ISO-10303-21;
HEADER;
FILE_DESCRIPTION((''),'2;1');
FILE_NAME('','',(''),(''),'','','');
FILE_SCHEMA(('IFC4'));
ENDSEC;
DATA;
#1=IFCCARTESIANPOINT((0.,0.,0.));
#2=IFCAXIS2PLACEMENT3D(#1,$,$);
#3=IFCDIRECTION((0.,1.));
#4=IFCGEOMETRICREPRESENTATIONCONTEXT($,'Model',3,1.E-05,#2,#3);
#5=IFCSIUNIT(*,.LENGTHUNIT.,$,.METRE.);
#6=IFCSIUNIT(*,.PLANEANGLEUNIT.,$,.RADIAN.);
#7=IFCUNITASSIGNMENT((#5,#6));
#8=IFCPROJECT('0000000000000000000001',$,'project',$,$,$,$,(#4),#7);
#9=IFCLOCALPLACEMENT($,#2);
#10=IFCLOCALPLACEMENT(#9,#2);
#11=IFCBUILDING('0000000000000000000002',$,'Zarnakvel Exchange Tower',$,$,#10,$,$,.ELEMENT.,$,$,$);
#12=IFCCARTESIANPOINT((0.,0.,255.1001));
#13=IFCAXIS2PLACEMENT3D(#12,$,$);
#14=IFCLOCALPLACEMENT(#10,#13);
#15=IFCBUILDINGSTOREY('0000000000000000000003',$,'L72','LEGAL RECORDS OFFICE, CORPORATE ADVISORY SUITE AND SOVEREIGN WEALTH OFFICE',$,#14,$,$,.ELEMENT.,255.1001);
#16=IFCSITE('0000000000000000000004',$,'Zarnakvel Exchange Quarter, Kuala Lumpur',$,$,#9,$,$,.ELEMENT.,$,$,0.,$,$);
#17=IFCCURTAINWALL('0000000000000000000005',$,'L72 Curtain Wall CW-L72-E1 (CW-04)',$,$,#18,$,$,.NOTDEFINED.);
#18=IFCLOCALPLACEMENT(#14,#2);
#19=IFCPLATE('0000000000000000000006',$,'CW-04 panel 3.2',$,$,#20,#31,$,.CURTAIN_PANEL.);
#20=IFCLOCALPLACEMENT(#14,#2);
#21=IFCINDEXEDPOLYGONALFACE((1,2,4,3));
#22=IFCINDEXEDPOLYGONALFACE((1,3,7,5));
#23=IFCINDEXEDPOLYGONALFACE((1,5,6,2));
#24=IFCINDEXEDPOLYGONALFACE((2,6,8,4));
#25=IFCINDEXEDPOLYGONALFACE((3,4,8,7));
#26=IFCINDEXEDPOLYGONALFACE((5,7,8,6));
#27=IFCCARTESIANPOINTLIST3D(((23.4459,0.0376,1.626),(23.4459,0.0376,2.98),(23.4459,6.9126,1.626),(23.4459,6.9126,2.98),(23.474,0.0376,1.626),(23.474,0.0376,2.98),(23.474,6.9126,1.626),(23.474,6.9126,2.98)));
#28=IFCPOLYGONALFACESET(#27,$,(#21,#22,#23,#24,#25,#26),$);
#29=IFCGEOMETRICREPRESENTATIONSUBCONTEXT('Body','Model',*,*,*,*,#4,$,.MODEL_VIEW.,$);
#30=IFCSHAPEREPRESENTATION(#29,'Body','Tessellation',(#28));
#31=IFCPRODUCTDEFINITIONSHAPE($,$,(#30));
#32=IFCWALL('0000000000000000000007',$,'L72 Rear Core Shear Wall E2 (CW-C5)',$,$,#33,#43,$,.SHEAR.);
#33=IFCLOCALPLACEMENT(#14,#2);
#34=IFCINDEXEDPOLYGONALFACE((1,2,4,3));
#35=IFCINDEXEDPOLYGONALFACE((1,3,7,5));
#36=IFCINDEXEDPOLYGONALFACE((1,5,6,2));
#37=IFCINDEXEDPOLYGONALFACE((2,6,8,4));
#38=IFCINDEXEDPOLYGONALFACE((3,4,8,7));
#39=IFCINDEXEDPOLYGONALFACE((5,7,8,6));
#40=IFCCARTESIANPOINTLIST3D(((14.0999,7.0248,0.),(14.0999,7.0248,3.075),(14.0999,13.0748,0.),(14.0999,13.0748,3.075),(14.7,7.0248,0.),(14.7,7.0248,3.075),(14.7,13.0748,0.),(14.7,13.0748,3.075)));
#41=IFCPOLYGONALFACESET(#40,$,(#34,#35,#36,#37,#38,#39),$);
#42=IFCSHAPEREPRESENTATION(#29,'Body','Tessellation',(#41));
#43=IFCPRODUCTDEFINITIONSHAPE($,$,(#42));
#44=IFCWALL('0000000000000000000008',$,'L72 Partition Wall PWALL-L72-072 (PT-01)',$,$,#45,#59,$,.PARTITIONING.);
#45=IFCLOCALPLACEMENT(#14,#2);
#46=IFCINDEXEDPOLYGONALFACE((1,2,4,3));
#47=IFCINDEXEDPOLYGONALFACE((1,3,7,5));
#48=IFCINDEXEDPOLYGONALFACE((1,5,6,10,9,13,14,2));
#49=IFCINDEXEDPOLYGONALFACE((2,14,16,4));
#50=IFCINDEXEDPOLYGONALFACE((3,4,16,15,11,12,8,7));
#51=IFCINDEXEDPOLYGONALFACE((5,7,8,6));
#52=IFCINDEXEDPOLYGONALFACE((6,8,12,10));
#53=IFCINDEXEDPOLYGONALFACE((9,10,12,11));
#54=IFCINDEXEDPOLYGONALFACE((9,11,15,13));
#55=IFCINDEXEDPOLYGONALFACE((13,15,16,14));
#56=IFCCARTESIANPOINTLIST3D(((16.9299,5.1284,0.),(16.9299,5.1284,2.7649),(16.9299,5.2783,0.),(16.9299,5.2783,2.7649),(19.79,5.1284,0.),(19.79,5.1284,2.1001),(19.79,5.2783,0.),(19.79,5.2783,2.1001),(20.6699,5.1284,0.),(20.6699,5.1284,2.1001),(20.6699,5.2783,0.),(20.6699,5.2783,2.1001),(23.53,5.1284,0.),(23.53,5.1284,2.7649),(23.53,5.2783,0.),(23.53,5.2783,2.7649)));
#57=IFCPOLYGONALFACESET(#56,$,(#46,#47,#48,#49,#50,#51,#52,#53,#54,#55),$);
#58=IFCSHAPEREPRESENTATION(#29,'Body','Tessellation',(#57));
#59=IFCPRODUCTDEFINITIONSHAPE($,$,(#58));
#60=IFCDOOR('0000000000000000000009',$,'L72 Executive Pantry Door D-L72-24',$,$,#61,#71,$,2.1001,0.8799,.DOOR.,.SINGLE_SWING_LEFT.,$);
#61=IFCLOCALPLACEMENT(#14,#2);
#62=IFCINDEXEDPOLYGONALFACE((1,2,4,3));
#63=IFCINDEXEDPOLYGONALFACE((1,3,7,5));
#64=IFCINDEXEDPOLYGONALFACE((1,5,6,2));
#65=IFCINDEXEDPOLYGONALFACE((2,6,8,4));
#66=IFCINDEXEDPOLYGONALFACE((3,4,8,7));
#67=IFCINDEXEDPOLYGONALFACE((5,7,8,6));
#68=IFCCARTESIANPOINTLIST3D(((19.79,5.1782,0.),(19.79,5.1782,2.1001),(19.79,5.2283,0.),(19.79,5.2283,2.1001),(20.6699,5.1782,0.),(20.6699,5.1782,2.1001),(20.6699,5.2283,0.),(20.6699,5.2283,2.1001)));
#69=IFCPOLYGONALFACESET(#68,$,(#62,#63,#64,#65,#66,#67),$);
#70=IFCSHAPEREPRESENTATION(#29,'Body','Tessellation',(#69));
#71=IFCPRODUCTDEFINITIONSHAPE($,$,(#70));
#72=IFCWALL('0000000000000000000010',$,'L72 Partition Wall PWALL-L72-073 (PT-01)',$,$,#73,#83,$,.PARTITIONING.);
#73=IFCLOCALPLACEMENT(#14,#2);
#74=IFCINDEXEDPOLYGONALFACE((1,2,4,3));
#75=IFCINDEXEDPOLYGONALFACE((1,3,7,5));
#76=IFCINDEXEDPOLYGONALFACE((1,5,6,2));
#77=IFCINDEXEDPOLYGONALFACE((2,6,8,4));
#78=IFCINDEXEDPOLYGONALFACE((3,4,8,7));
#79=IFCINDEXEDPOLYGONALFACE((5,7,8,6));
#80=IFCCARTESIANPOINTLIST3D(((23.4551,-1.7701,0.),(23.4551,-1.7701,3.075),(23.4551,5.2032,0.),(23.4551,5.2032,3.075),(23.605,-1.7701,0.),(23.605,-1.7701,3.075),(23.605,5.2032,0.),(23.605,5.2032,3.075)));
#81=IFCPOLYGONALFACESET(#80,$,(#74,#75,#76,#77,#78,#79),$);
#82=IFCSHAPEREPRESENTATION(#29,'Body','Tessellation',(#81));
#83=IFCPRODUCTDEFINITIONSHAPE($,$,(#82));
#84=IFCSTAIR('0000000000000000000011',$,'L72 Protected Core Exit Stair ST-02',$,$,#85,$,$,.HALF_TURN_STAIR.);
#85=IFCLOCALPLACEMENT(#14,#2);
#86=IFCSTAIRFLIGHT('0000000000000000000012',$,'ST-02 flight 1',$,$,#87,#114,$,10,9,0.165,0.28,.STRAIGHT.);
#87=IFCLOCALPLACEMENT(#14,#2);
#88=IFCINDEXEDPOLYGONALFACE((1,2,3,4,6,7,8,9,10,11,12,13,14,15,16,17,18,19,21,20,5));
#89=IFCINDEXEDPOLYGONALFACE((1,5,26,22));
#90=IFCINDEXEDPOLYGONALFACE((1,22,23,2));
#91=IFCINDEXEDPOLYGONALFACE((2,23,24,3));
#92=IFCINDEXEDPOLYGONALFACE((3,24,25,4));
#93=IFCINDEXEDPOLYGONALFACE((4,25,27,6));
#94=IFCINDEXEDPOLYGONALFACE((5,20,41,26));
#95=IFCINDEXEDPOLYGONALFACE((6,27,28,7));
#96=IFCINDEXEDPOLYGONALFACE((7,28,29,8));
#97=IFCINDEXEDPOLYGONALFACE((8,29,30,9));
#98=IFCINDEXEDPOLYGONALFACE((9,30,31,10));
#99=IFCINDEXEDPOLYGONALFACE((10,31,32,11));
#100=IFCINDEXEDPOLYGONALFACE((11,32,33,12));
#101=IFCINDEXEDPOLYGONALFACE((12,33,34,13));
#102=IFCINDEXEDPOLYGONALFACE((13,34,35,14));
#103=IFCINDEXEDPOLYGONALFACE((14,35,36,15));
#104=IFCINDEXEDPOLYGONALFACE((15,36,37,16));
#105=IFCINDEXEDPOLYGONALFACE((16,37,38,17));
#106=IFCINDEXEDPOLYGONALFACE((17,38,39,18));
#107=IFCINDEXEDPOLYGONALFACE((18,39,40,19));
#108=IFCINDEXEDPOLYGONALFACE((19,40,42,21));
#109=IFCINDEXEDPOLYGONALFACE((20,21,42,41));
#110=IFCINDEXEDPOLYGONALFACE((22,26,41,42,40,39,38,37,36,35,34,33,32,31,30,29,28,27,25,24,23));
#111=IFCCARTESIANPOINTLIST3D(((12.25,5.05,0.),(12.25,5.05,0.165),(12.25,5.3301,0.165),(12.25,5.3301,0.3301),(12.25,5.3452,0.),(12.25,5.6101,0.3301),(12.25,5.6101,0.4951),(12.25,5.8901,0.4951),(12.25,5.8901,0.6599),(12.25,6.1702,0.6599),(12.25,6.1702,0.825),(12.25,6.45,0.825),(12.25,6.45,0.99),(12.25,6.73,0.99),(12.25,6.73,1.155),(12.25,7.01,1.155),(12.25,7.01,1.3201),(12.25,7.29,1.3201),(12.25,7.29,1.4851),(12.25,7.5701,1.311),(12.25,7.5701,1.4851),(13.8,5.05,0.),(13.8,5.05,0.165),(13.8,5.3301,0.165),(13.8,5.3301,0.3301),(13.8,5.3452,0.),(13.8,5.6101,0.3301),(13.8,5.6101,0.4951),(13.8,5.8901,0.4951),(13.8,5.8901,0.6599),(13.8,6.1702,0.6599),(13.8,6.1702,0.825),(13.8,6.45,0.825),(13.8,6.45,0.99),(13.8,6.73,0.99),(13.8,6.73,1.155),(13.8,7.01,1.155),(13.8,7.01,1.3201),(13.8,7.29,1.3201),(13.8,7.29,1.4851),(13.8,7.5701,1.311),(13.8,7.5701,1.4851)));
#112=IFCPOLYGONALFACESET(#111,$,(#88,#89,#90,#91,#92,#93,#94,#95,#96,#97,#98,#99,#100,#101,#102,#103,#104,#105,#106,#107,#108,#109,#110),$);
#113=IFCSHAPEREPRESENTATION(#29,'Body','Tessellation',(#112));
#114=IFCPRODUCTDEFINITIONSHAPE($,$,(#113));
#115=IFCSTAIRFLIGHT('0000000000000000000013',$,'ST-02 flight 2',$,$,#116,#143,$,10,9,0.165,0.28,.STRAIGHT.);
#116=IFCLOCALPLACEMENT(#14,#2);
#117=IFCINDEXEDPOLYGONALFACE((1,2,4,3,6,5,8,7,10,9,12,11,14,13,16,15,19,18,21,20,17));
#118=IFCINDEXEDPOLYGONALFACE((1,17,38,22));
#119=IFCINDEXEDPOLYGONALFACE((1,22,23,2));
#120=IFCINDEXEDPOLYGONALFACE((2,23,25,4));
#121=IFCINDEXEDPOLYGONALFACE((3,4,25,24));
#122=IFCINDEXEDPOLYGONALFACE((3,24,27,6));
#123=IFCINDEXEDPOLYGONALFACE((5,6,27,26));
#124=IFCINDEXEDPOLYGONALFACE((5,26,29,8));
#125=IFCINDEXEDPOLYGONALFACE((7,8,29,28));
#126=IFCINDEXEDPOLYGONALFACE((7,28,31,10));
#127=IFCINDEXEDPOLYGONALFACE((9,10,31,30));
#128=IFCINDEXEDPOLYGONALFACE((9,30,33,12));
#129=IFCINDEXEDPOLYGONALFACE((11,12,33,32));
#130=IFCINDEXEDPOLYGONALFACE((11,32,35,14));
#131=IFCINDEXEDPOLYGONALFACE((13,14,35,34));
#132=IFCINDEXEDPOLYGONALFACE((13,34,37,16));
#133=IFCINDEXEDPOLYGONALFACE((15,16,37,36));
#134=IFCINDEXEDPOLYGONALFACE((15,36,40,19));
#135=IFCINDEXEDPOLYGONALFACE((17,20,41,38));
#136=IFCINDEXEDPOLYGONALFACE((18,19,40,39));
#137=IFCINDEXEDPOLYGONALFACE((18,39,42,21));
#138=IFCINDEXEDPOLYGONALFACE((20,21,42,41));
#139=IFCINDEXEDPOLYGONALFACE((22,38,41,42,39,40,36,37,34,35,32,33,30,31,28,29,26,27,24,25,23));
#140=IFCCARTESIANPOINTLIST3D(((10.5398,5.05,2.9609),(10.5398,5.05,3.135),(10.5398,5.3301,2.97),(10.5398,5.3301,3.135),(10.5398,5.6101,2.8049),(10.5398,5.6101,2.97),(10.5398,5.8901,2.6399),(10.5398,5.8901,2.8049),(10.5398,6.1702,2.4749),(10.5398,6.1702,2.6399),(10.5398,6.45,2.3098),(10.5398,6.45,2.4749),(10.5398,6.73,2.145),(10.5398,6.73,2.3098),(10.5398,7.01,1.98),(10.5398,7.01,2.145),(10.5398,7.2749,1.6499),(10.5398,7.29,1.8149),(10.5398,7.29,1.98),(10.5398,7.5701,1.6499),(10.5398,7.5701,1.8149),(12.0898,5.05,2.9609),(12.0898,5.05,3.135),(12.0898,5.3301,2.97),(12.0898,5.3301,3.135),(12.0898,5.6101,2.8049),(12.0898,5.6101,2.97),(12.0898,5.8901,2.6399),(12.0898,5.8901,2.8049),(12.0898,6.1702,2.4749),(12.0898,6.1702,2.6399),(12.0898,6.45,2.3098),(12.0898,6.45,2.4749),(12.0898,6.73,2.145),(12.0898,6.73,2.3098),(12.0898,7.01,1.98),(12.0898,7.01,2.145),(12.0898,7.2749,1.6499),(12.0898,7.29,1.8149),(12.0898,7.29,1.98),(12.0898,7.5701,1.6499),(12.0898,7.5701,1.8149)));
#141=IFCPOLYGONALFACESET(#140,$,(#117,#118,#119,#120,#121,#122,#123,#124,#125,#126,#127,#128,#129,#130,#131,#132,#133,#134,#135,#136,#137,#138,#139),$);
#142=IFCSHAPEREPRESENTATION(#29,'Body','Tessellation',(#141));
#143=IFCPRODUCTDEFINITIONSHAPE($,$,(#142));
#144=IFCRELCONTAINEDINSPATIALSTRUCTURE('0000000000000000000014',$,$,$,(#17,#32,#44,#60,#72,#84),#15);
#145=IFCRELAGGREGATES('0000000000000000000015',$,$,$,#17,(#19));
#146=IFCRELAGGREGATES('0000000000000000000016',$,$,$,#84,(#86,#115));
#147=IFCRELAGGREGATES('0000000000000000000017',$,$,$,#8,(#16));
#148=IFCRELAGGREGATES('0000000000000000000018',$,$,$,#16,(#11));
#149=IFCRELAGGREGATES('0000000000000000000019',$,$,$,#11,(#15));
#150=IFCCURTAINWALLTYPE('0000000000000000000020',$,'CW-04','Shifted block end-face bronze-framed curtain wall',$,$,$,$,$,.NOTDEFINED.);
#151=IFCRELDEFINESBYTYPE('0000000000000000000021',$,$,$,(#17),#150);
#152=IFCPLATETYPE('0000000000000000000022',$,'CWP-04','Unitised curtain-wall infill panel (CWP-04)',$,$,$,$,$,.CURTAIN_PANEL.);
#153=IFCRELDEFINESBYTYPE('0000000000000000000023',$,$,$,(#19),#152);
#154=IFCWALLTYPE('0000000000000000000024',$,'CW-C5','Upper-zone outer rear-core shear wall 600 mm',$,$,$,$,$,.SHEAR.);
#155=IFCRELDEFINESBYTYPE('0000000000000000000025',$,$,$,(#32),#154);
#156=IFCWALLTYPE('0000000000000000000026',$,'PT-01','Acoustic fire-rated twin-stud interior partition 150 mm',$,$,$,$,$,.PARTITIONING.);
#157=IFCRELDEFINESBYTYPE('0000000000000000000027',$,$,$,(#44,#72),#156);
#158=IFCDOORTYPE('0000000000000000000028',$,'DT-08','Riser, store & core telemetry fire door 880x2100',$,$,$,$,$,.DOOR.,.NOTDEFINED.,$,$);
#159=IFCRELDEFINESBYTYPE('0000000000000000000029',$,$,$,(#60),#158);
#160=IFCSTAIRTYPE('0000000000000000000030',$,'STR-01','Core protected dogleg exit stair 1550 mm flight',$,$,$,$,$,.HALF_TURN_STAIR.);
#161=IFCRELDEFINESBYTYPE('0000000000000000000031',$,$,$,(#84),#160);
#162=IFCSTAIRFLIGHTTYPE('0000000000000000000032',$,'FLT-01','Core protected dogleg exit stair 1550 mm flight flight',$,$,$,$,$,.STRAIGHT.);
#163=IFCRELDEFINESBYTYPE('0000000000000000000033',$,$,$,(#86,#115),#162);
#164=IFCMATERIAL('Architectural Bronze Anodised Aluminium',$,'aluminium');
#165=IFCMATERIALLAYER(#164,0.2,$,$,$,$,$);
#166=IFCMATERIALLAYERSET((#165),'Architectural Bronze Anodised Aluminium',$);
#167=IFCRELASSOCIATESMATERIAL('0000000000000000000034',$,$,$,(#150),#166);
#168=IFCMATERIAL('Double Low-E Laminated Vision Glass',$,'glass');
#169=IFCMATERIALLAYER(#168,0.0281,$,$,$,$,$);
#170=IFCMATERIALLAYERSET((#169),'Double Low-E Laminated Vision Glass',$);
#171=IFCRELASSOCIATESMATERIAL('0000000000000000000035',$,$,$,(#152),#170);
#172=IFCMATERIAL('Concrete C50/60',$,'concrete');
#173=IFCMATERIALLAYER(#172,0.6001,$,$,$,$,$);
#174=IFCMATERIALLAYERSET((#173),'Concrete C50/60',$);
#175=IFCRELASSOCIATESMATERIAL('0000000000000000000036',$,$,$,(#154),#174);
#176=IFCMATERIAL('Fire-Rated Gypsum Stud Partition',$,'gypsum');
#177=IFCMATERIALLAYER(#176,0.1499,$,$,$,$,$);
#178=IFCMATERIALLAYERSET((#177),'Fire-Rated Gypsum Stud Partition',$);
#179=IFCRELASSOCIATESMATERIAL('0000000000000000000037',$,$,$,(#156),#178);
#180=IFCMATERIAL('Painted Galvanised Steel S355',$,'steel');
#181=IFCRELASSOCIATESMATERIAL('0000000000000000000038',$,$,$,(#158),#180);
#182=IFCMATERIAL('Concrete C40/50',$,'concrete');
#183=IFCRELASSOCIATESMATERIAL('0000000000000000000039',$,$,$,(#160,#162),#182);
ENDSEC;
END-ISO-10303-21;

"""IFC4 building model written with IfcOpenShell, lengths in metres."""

from ifc_helpers import new_model, si_unit, direction, frame, frame_2d, origin, origin_2d, place, context, subcontext, project, spatial, polyline, rectangle, outline, extrude, source, transform, mapped, material, layer, layer_set, type_object, element, fill, aggregate, save


model = new_model("IFC4")

# Units and contexts
model_context = context("Model", 3, precision=1e-05, world=origin(), true_north=direction((0.0, 1.0)))
body_context = subcontext(model_context, "Body", "Model", "MODEL_VIEW")
ifc_project = project(units=[si_unit("LENGTHUNIT", "METRE"), si_unit("PLANEANGLEUNIT", "RADIAN")], contexts=[model_context])

# Site, building, storey
site_placement = place(None, origin())
site = spatial("IfcSite", under=ifc_project, at=site_placement, Name="Zarnakvel Exchange Quarter, Kuala Lumpur", CompositionType="ELEMENT", RefElevation=0.0)
building_placement = place(site_placement, origin())
building = spatial("IfcBuilding", under=site, at=building_placement, Name="Zarnakvel Exchange Tower", CompositionType="ELEMENT")
storey_placement = place(building_placement, frame((0.0, 0.0, 255.1001)))
storey = spatial("IfcBuildingStorey", under=building, at=storey_placement, Name="L72", Description="LEGAL RECORDS OFFICE, CORPORATE ADVISORY SUITE AND SOVEREIGN WEALTH OFFICE", CompositionType="ELEMENT", Elevation=255.1001)

# Shared definitions
ifc_material_1 = material(Name="Concrete C50/60", Category="concrete")

# Curtain wall, plate
ifc_material_2 = material(Name="Architectural Bronze Anodised Aluminium", Category="aluminium")
ifc_layer_1 = layer(ifc_material_2, 0.2)
ifc_layer_set_1 = layer_set([ifc_layer_1], Name="Architectural Bronze Anodised Aluminium")
curtain_wall_type = type_object("IfcCurtainWallType", Name="CW-04", Description="Shifted block end-face bronze-framed curtain wall", PredefinedType="NOTDEFINED", material=ifc_layer_set_1)
curtain_wall_placement = place(storey_placement, origin())
curtain_wall = element("IfcCurtainWall", 1, at=curtain_wall_placement, inside=storey, type_object=curtain_wall_type, Name="L72 Curtain Wall CW-L72-E1 (CW-04)", PredefinedType="NOTDEFINED")
ifc_material_3 = material(Name="Double Low-E Laminated Vision Glass", Category="glass")
ifc_layer_2 = layer(ifc_material_3, 0.0281)
ifc_layer_set_2 = layer_set([ifc_layer_2], Name="Double Low-E Laminated Vision Glass")
plate_type = type_object("IfcPlateType", Name="CWP-04", Description="Unitised curtain-wall infill panel (CWP-04)", PredefinedType="CURTAIN_PANEL", material=ifc_layer_set_2)
shared_shape_1 = source(origin(), body_context, "Body", "SweptSolid", [
    extrude(rectangle(XDim=6.875, YDim=0.0281, at=origin_2d()), origin(), (0.0, 0.0, 1.0), 1.354),
])
plate_1_placement = place(storey_placement, frame((23.46, 3.4751, 1.626), z_axis=(0.0, 0.0, 1.0), x_axis=(0.0, 1.0, 0.0)))
plate_1 = element("IfcPlate", 2, at=plate_1_placement, type_object=plate_type, Name="CW-04 panel 3.2", PredefinedType="CURTAIN_PANEL", context=body_context, shape_type="MappedRepresentation", body=[
    mapped(shared_shape_1, transform((0.0, 0.0, 0.0), x_axis=(1.0, 0.0, 0.0), y_axis=(0.0, 1.0, 0.0), z_axis=(0.0, 0.0, 1.0), scale=1.0)),
])
aggregate(curtain_wall, [plate_1])

# Wall
ifc_layer_3 = layer(ifc_material_1, 0.6001)
ifc_layer_set_3 = layer_set([ifc_layer_3], Name="Concrete C50/60")
wall_type_1 = type_object("IfcWallType", Name="CW-C5", Description="Upper-zone outer rear-core shear wall 600 mm", PredefinedType="SHEAR", material=ifc_layer_set_3)
wall_1_placement = place(storey_placement, frame((14.3999, 7.0249, 0.0), z_axis=(0.0, 0.0, 1.0), x_axis=(0.0, 1.0, 0.0)))
element("IfcWall", 3, at=wall_1_placement, inside=storey, type_object=wall_type_1, Name="L72 Rear Core Shear Wall E2 (CW-C5)", PredefinedType="SHEAR", context=body_context, shape_type="SweptSolid", body=[
    extrude(rectangle(XDim=6.05, YDim=0.6001, at=frame_2d((3.0249, 0.0))), origin(), (0.0, 0.0, 1.0), 3.075),
])

# Wall, opening, door
ifc_material_4 = material(Name="Fire-Rated Gypsum Stud Partition", Category="gypsum")
ifc_layer_4 = layer(ifc_material_4, 0.1499)
ifc_layer_set_4 = layer_set([ifc_layer_4], Name="Fire-Rated Gypsum Stud Partition")
wall_type_2 = type_object("IfcWallType", Name="PT-01", Description="Acoustic fire-rated twin-stud interior partition 150 mm", PredefinedType="PARTITIONING", material=ifc_layer_set_4)
wall_2_placement = place(storey_placement, frame((16.9299, 5.2034, 0.0), z_axis=(0.0, 0.0, 1.0), x_axis=(1.0, 0.0, 0.0)))
wall_2 = element("IfcWall", 4, at=wall_2_placement, inside=storey, type_object=wall_type_2, Name="L72 Partition Wall PWALL-L72-072 (PT-01)", PredefinedType="PARTITIONING", context=body_context, shape_type="SweptSolid", body=[
    extrude(rectangle(XDim=6.6001, YDim=0.1499, at=frame_2d((3.3, 0.0))), origin(), (0.0, 0.0, 1.0), 2.7649),
])
opening_1_placement = place(wall_2_placement, frame((2.8601, 0.0, 0.0)))
opening_1 = element("IfcOpeningElement", 5, at=opening_1_placement, cuts=wall_2, PredefinedType="OPENING", context=body_context, shape_type="SweptSolid", body=[
    extrude(rectangle(XDim=0.8799, YDim=2.1001, at=frame_2d((0.4399, 1.05))), frame((0.0, 0.085, 0.0), z_axis=(0.0, -1.0, 0.0), x_axis=(1.0, 0.0, 0.0)), (0.0, 0.0, 1.0), 0.1699),
])
ifc_material_5 = material(Name="Painted Galvanised Steel S355", Category="steel")
door_type_1 = type_object("IfcDoorType", Name="DT-08", Description="Riser, store & core telemetry fire door 880x2100", OperationType="NOTDEFINED", PredefinedType="DOOR", material=ifc_material_5)
shared_shape_2 = source(origin(), body_context, "Body", "SweptSolid", [
    extrude(rectangle(XDim=0.8799, YDim=2.1001, at=frame_2d((0.4399, 1.05))), frame((0.0, 0.0249, 0.0), z_axis=(0.0, -1.0, 0.0), x_axis=(1.0, 0.0, 0.0)), (0.0, 0.0, 1.0), 0.05),
])
door_1_placement = place(opening_1_placement, origin())
door_1 = element("IfcDoor", 6, at=door_1_placement, inside=storey, type_object=door_type_1, Name="L72 Executive Pantry Door D-L72-24", OperationType="SINGLE_SWING_LEFT", OverallHeight=2.1001, OverallWidth=0.8799, PredefinedType="DOOR", context=body_context, shape_type="MappedRepresentation", body=[
    mapped(shared_shape_2, transform((0.0, 0.0, 0.0), x_axis=(1.0, 0.0, 0.0), y_axis=(0.0, 1.0, 0.0), z_axis=(0.0, 0.0, 1.0), scale=1.0)),
])
fill(opening_1, door_1)

# Wall
wall_3_placement = place(storey_placement, frame((23.53, 5.2034, 0.0), z_axis=(0.0, 0.0, 1.0), x_axis=(0.0, -1.0, 0.0)))
element("IfcWall", 7, at=wall_3_placement, inside=storey, type_object=wall_type_2, Name="L72 Partition Wall PWALL-L72-073 (PT-01)", PredefinedType="PARTITIONING", context=body_context, shape_type="SweptSolid", body=[
    extrude(rectangle(XDim=6.9734, YDim=0.1499, at=frame_2d((3.4868, 0.0))), origin(), (0.0, 0.0, 1.0), 3.075),
])

# Shared definitions
ifc_material_6 = material(Name="Concrete C40/50", Category="concrete")

# Stair, stair flights
stair_type = type_object("IfcStairType", Name="STR-01", Description="Core protected dogleg exit stair 1550 mm flight", PredefinedType="HALF_TURN_STAIR", material=ifc_material_6)
stair_placement = place(storey_placement, origin())
stair = element("IfcStair", 8, at=stair_placement, inside=storey, type_object=stair_type, Name="L72 Protected Core Exit Stair ST-02", PredefinedType="HALF_TURN_STAIR")
stair_flight_type = type_object("IfcStairFlightType", Name="FLT-01", Description="Core protected dogleg exit stair 1550 mm flight flight", PredefinedType="STRAIGHT", material=ifc_material_6)
stair_flight_1_placement = place(storey_placement, frame((13.0249, 5.05, 0.0), z_axis=(0.0, 0.0, 1.0), x_axis=(0.0, 1.0, 0.0)))
stair_flight_1 = element("IfcStairFlight", 9, at=stair_flight_1_placement, type_object=stair_flight_type, Name="ST-02 flight 1", NumberOfRisers=10, NumberOfTreads=9, PredefinedType="STRAIGHT", RiserHeight=0.165, TreadLength=0.28, context=body_context, shape_type="SweptSolid", body=[
    extrude(outline(polyline([(0.0, 0.0), (0.0, 0.165), (0.28, 0.165), (0.28, 0.3301), (0.5601, 0.3301), (0.5601, 0.4951), (0.8401, 0.4951), (0.8401, 0.6599), (1.1201, 0.6599), (1.1201, 0.825), (1.3999, 0.825), (1.3999, 0.99), (1.6799, 0.99), (1.6799, 1.155), (1.96, 1.155), (1.96, 1.3201), (2.24, 1.3201), (2.24, 1.4851), (2.52, 1.4851), (2.52, 1.6499), (2.52, 1.311), (0.2952, 0.0), (0.0, 0.0)])), frame((0.0, 0.7749, 0.0), z_axis=(0.0, -1.0, 0.0), x_axis=(1.0, 0.0, 0.0)), (0.0, 0.0, 1.0), 1.55),
])
stair_flight_2_placement = place(storey_placement, frame((11.3149, 7.5701, 1.6499), z_axis=(0.0, 0.0, 1.0), x_axis=(0.0, -1.0, 0.0)))
stair_flight_2 = element("IfcStairFlight", 10, at=stair_flight_2_placement, type_object=stair_flight_type, Name="ST-02 flight 2", NumberOfRisers=10, NumberOfTreads=9, PredefinedType="STRAIGHT", RiserHeight=0.165, TreadLength=0.28, context=body_context, shape_type="SweptSolid", body=[
    extrude(outline(polyline([(0.0, 0.0), (0.0, 0.165), (0.28, 0.165), (0.28, 0.3301), (0.5601, 0.3301), (0.5601, 0.4951), (0.8401, 0.4951), (0.8401, 0.6599), (1.1201, 0.6599), (1.1201, 0.825), (1.3999, 0.825), (1.3999, 0.99), (1.6799, 0.99), (1.6799, 1.155), (1.96, 1.155), (1.96, 1.3201), (2.24, 1.3201), (2.24, 1.4851), (2.52, 1.4851), (2.52, 1.6499), (2.52, 1.311), (0.2952, 0.0), (0.0, 0.0)])), frame((0.0, 0.7749, 0.0), z_axis=(0.0, -1.0, 0.0), x_axis=(1.0, 0.0, 0.0)), (0.0, 0.0, 1.0), 1.55),
])
aggregate(stair, [stair_flight_1, stair_flight_2])

save(model, "model.ifc")
